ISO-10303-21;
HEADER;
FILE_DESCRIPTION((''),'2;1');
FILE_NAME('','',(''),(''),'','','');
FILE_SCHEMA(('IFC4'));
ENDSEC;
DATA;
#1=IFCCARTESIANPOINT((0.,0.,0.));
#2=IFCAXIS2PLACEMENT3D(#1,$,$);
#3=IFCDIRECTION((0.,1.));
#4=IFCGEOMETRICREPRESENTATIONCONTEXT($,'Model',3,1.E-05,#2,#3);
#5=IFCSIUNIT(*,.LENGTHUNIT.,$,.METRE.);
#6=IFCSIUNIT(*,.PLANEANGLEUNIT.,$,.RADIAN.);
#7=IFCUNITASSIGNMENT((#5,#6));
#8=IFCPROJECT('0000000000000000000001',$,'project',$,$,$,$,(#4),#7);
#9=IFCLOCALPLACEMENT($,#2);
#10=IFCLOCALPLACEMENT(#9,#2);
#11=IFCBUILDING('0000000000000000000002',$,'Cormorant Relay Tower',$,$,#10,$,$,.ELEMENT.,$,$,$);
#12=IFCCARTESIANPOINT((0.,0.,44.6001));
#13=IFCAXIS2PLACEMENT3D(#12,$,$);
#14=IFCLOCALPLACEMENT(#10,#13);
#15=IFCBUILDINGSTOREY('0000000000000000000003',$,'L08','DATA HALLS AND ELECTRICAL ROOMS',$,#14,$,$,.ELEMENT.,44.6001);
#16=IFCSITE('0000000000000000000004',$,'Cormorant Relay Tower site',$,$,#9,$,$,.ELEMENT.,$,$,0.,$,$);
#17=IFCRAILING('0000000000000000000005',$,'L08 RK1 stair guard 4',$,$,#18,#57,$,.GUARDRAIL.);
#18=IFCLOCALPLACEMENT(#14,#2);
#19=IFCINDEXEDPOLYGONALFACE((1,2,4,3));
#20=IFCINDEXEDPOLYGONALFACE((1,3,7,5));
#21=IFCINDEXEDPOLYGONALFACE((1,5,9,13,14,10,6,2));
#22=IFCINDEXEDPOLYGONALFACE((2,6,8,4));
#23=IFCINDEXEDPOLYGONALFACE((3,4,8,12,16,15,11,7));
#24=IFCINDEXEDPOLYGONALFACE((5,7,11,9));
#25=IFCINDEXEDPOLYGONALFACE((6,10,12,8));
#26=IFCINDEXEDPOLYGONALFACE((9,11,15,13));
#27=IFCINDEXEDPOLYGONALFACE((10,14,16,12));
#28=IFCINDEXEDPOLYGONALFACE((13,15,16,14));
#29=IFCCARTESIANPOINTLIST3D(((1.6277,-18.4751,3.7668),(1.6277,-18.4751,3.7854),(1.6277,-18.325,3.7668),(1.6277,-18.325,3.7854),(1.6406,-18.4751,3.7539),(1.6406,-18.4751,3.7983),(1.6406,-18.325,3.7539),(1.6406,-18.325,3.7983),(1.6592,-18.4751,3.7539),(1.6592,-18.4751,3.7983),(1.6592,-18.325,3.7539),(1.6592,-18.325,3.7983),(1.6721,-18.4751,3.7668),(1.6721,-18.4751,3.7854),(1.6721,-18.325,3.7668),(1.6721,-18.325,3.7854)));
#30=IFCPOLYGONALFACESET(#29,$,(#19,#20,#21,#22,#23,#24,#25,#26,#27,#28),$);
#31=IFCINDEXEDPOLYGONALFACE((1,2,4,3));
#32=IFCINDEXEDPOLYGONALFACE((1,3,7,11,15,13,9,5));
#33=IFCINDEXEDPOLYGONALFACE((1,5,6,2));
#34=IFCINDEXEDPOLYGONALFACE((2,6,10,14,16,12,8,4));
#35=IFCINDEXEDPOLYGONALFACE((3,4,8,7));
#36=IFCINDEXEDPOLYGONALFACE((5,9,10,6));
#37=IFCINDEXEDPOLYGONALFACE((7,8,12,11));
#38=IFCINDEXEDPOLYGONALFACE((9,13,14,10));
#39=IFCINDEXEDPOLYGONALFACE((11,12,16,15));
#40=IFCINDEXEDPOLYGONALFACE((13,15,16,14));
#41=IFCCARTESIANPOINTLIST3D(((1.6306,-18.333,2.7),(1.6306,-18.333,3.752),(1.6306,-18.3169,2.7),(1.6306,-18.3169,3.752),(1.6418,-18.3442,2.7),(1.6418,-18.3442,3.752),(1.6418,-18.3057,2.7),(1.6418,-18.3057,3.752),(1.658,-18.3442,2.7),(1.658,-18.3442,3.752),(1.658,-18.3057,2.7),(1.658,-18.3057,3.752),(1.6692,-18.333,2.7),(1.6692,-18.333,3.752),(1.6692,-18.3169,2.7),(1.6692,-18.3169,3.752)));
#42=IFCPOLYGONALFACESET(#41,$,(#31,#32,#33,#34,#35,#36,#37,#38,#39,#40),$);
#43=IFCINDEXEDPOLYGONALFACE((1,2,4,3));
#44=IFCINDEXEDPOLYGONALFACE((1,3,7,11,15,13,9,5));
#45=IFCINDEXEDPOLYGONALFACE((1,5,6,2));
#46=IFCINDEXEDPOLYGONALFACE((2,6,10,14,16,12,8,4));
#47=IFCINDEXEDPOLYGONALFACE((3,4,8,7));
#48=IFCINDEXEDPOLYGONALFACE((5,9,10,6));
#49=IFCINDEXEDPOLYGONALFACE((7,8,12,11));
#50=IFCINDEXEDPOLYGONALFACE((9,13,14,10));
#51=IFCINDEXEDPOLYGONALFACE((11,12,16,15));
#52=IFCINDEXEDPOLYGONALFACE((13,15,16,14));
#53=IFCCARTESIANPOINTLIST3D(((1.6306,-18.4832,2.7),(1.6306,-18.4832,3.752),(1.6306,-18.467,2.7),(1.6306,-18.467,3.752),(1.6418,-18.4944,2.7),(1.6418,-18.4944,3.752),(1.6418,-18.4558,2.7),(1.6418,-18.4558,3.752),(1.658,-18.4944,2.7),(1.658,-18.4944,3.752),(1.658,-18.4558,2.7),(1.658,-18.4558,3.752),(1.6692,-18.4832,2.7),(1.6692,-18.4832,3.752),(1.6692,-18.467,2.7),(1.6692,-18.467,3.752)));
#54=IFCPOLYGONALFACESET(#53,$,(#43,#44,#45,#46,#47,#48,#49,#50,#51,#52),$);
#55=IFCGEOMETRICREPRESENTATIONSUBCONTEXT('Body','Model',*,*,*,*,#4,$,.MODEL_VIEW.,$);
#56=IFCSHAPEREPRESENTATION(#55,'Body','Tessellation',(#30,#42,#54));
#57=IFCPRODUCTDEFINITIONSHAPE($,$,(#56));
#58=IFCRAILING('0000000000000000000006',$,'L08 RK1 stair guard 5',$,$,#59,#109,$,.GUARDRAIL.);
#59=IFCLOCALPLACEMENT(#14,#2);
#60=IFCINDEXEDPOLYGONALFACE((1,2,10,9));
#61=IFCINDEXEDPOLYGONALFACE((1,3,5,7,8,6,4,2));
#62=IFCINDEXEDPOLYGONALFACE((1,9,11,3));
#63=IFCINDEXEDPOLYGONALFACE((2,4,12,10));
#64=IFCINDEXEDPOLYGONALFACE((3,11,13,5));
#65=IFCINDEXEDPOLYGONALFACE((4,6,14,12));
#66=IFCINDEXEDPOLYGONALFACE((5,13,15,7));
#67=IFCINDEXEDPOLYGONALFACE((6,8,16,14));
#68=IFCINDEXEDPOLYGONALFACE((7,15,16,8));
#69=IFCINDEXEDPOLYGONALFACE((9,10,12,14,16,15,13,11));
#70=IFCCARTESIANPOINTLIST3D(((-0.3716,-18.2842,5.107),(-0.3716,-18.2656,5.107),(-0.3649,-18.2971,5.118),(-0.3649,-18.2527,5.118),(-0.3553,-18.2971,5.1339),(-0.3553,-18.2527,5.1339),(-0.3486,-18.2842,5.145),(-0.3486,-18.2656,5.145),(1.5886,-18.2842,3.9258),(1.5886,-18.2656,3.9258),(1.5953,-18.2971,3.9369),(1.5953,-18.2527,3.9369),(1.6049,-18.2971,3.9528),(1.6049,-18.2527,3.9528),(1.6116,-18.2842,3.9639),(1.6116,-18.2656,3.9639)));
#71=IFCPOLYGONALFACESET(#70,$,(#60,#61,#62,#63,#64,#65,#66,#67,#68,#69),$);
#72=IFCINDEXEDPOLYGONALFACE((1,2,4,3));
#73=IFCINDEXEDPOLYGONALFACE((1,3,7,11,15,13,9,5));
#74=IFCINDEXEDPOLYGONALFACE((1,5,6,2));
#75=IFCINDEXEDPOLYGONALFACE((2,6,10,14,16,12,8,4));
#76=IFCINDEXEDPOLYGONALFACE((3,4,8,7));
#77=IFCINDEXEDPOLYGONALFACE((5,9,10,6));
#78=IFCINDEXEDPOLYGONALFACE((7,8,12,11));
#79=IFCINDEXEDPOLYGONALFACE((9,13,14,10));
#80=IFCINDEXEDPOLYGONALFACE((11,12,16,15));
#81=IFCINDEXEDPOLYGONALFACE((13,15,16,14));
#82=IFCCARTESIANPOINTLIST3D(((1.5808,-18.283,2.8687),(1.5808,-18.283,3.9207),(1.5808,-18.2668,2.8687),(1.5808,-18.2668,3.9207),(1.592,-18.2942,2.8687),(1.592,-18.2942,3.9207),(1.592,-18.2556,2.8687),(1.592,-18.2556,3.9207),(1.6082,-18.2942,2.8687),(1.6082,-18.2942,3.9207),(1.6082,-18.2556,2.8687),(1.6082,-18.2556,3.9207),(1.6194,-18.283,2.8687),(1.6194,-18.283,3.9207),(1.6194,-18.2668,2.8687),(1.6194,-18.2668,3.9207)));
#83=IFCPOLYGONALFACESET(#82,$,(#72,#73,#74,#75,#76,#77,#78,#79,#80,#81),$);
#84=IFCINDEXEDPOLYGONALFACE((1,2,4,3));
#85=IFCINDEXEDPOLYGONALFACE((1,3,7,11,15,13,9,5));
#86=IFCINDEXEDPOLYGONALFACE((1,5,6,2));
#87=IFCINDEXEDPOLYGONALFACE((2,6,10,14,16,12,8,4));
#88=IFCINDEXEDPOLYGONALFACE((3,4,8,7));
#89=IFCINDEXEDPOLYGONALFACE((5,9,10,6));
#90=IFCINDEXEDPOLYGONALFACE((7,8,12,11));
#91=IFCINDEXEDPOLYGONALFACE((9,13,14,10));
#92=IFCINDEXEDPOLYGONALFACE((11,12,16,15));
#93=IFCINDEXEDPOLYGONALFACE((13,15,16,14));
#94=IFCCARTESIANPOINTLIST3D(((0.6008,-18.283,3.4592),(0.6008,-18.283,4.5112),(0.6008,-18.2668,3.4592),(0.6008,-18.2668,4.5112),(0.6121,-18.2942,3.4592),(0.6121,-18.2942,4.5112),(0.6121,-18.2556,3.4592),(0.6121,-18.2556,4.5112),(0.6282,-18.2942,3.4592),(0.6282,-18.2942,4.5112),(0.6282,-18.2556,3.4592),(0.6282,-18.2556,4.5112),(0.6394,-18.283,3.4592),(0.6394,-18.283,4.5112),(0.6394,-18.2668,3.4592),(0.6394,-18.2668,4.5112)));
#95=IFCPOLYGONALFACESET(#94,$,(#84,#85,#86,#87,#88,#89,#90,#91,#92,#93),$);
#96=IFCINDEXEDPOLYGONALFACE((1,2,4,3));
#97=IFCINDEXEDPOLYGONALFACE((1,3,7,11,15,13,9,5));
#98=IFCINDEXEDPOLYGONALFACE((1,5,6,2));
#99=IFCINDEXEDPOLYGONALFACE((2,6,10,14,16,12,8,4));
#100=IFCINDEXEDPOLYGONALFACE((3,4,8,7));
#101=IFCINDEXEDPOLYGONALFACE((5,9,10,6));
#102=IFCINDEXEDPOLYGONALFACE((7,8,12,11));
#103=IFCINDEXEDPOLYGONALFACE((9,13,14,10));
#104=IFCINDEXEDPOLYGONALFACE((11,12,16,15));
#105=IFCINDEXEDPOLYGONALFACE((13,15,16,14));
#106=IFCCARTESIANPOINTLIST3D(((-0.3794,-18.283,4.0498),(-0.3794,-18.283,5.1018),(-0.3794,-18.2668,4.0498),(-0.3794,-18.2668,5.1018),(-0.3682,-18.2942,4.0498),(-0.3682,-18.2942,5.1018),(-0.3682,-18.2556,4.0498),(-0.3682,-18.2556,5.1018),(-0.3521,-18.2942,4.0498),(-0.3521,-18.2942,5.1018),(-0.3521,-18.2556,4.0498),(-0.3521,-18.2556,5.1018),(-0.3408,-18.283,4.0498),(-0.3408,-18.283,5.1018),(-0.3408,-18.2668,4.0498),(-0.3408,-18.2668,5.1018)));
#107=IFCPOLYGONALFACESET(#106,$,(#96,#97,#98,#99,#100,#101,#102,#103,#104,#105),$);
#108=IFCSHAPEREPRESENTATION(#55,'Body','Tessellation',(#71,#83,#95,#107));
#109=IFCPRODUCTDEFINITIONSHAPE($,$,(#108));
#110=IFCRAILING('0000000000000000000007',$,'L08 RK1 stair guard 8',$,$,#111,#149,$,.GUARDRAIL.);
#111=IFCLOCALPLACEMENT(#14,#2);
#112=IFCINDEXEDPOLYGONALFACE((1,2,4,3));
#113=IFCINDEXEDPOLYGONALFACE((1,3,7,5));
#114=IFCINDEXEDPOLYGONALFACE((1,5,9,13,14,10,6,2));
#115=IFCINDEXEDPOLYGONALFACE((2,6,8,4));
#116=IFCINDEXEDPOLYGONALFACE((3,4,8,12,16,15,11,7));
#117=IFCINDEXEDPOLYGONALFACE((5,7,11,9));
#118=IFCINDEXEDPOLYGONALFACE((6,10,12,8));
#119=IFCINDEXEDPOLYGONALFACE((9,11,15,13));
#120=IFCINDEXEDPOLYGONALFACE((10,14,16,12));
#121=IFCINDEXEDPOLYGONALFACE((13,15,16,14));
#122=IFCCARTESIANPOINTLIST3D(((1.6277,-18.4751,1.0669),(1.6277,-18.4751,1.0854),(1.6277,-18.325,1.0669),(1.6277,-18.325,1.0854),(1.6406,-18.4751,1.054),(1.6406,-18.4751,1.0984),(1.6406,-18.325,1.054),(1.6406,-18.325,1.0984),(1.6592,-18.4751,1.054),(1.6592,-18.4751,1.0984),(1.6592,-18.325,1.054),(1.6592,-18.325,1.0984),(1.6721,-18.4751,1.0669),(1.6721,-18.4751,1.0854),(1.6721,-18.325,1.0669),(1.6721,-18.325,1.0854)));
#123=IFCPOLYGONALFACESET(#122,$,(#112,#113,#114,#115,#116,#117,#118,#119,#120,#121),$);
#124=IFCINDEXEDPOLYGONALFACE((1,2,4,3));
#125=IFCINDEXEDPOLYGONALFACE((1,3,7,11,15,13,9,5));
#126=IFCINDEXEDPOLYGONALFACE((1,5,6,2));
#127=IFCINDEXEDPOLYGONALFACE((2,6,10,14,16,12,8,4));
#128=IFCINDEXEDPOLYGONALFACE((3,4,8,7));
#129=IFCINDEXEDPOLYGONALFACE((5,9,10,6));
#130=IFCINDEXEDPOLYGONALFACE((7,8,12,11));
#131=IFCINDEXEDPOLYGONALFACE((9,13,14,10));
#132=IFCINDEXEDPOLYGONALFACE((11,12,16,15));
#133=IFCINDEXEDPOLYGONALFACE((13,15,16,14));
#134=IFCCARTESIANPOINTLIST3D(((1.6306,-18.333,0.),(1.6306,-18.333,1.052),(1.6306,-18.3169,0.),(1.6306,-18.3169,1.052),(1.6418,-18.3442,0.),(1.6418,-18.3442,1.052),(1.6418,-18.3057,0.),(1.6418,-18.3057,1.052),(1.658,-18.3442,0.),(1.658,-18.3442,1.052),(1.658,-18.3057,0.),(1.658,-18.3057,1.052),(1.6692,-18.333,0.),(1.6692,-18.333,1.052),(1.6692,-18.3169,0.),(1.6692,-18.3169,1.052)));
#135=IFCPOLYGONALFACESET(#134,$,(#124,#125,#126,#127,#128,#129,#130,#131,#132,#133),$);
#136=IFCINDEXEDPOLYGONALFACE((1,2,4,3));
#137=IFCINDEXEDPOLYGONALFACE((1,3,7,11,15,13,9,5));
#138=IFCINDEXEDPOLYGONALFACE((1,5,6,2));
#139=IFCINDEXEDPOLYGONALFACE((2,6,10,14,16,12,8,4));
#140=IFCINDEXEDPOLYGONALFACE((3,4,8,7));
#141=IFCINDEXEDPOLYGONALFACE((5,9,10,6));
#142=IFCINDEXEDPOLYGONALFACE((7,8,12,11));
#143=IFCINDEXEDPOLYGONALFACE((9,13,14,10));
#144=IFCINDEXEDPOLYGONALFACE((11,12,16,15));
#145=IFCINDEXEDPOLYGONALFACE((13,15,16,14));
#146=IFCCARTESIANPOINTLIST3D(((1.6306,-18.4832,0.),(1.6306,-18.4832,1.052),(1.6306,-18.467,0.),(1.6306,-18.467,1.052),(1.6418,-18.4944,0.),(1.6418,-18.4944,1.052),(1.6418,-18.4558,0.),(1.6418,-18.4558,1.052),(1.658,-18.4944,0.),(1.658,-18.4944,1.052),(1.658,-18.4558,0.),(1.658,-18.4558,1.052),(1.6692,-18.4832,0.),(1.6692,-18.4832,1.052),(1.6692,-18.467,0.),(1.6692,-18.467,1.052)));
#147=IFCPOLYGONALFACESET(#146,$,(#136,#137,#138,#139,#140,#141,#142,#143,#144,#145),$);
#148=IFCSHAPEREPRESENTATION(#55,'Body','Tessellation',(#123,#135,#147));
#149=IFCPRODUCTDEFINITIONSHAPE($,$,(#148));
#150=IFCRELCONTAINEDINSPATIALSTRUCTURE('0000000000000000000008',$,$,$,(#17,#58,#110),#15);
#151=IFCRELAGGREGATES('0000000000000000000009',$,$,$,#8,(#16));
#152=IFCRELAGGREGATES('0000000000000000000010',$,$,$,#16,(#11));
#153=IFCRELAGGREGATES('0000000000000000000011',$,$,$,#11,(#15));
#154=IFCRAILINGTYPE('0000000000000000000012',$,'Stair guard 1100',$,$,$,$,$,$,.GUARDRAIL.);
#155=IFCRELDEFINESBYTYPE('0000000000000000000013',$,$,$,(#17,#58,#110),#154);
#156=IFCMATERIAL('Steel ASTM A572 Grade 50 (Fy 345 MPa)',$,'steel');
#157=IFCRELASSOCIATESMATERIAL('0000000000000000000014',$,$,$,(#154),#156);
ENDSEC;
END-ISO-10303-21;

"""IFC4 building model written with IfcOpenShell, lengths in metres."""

from ifc_helpers import new_model, si_unit, direction, frame, origin, place, context, subcontext, project, spatial, polyline, outline, extrude, material, type_object, element, save


model = new_model("IFC4")

# Units and contexts
model_context = context("Model", 3, precision=1e-05, world=origin(), true_north=direction((0.0, 1.0)))
body_context = subcontext(model_context, "Body", "Model", "MODEL_VIEW")
ifc_project = project(units=[si_unit("LENGTHUNIT", "METRE"), si_unit("PLANEANGLEUNIT", "RADIAN")], contexts=[model_context])

# Site, building, storey
site_placement = place(None, origin())
site = spatial("IfcSite", under=ifc_project, at=site_placement, Name="Cormorant Relay Tower site", CompositionType="ELEMENT", RefElevation=0.0)
building_placement = place(site_placement, origin())
building = spatial("IfcBuilding", under=site, at=building_placement, Name="Cormorant Relay Tower", CompositionType="ELEMENT")
storey_placement = place(building_placement, frame((0.0, 0.0, 44.6001)))
storey = spatial("IfcBuildingStorey", under=building, at=storey_placement, Name="L08", Description="DATA HALLS AND ELECTRICAL ROOMS", CompositionType="ELEMENT", Elevation=44.6001)

# Railings
ifc_material_1 = material(Name="Steel ASTM A572 Grade 50 (Fy 345 MPa)", Category="steel")
railing_type_1 = type_object("IfcRailingType", Name="Stair guard 1100", PredefinedType="GUARDRAIL", material=ifc_material_1)
railing_1_placement = place(storey_placement, frame((1.6499, -18.325, 2.7)))
element("IfcRailing", 1, at=railing_1_placement, inside=storey, type_object=railing_type_1, Name="L08 RK1 stair guard 4", PredefinedType="GUARDRAIL", context=body_context, shape_type="SweptSolid", body=[
    extrude(outline(polyline([(0.0222, 0.0093), (0.0093, 0.0222), (-0.0093, 0.0222), (-0.0222, 0.0093), (-0.0222, -0.0093), (-0.0093, -0.0222), (0.0093, -0.0222), (0.0222, -0.0093), (0.0222, 0.0093)])), frame((0.0, 0.0, 1.0762), z_axis=(0.0, -1.0, 0.0), x_axis=(1.0, 0.0, 0.0)), (0.0, 0.0, 1.0), 0.1501),
    extrude(outline(polyline([(0.0193, 0.0081), (0.0081, 0.0193), (-0.0081, 0.0193), (-0.0193, 0.0081), (-0.0193, -0.0081), (-0.0081, -0.0193), (0.0081, -0.0193), (0.0193, -0.0081), (0.0193, 0.0081)])), origin(), (0.0, 0.0, 1.0), 1.052),
    extrude(outline(polyline([(0.0193, 0.0081), (0.0081, 0.0193), (-0.0081, 0.0193), (-0.0193, 0.0081), (-0.0193, -0.0081), (-0.0081, -0.0193), (0.0081, -0.0193), (0.0193, -0.0081), (0.0193, 0.0081)])), frame((0.0, -0.1501, 0.0)), (0.0, 0.0, 1.0), 1.052),
])
railing_2_placement = place(storey_placement, frame((1.6001, -18.2749, 2.8687)))
element("IfcRailing", 2, at=railing_2_placement, inside=storey, type_object=railing_type_1, Name="L08 RK1 stair guard 5", PredefinedType="GUARDRAIL", context=body_context, shape_type="SweptSolid", body=[
    extrude(outline(polyline([(0.0222, 0.0093), (0.0093, 0.0222), (-0.0093, 0.0222), (-0.0222, 0.0093), (-0.0222, -0.0093), (-0.0093, -0.0222), (0.0093, -0.0222), (0.0222, -0.0093), (0.0222, 0.0093)])), frame((0.0, 0.0, 1.0762), z_axis=(-0.856522, 0.0, 0.516111), x_axis=(0.0, -1.0, 0.0)), (0.0, 0.0, 1.0), 2.2886),
    extrude(outline(polyline([(0.0193, 0.0081), (0.0081, 0.0193), (-0.0081, 0.0193), (-0.0193, 0.0081), (-0.0193, -0.0081), (-0.0081, -0.0193), (0.0081, -0.0193), (0.0193, -0.0081), (0.0193, 0.0081)])), origin(), (0.0, 0.0, 1.0), 1.052),
    extrude(outline(polyline([(0.0193, 0.0081), (0.0081, 0.0193), (-0.0081, 0.0193), (-0.0193, 0.0081), (-0.0193, -0.0081), (-0.0081, -0.0193), (0.0081, -0.0193), (0.0193, -0.0081), (0.0193, 0.0081)])), frame((-0.98, 0.0, 0.5906)), (0.0, 0.0, 1.0), 1.052),
    extrude(outline(polyline([(0.0193, 0.0081), (0.0081, 0.0193), (-0.0081, 0.0193), (-0.0193, 0.0081), (-0.0193, -0.0081), (-0.0081, -0.0193), (0.0081, -0.0193), (0.0193, -0.0081), (0.0193, 0.0081)])), frame((-1.9602, 0.0, 1.1812)), (0.0, 0.0, 1.0), 1.052),
])
railing_3_placement = place(storey_placement, frame((1.6499, -18.325, 0.0)))
element("IfcRailing", 3, at=railing_3_placement, inside=storey, type_object=railing_type_1, Name="L08 RK1 stair guard 8", PredefinedType="GUARDRAIL", context=body_context, shape_type="SweptSolid", body=[
    extrude(outline(polyline([(0.0222, 0.0093), (0.0093, 0.0222), (-0.0093, 0.0222), (-0.0222, 0.0093), (-0.0222, -0.0093), (-0.0093, -0.0222), (0.0093, -0.0222), (0.0222, -0.0093), (0.0222, 0.0093)])), frame((0.0, 0.0, 1.0762), z_axis=(0.0, -1.0, 0.0), x_axis=(1.0, 0.0, 0.0)), (0.0, 0.0, 1.0), 0.1501),
    extrude(outline(polyline([(0.0193, 0.0081), (0.0081, 0.0193), (-0.0081, 0.0193), (-0.0193, 0.0081), (-0.0193, -0.0081), (-0.0081, -0.0193), (0.0081, -0.0193), (0.0193, -0.0081), (0.0193, 0.0081)])), origin(), (0.0, 0.0, 1.0), 1.052),
    extrude(outline(polyline([(0.0193, 0.0081), (0.0081, 0.0193), (-0.0081, 0.0193), (-0.0193, 0.0081), (-0.0193, -0.0081), (-0.0081, -0.0193), (0.0081, -0.0193), (0.0193, -0.0081), (0.0193, 0.0081)])), frame((0.0, -0.1501, 0.0)), (0.0, 0.0, 1.0), 1.052),
])

save(model, "model.ifc")
